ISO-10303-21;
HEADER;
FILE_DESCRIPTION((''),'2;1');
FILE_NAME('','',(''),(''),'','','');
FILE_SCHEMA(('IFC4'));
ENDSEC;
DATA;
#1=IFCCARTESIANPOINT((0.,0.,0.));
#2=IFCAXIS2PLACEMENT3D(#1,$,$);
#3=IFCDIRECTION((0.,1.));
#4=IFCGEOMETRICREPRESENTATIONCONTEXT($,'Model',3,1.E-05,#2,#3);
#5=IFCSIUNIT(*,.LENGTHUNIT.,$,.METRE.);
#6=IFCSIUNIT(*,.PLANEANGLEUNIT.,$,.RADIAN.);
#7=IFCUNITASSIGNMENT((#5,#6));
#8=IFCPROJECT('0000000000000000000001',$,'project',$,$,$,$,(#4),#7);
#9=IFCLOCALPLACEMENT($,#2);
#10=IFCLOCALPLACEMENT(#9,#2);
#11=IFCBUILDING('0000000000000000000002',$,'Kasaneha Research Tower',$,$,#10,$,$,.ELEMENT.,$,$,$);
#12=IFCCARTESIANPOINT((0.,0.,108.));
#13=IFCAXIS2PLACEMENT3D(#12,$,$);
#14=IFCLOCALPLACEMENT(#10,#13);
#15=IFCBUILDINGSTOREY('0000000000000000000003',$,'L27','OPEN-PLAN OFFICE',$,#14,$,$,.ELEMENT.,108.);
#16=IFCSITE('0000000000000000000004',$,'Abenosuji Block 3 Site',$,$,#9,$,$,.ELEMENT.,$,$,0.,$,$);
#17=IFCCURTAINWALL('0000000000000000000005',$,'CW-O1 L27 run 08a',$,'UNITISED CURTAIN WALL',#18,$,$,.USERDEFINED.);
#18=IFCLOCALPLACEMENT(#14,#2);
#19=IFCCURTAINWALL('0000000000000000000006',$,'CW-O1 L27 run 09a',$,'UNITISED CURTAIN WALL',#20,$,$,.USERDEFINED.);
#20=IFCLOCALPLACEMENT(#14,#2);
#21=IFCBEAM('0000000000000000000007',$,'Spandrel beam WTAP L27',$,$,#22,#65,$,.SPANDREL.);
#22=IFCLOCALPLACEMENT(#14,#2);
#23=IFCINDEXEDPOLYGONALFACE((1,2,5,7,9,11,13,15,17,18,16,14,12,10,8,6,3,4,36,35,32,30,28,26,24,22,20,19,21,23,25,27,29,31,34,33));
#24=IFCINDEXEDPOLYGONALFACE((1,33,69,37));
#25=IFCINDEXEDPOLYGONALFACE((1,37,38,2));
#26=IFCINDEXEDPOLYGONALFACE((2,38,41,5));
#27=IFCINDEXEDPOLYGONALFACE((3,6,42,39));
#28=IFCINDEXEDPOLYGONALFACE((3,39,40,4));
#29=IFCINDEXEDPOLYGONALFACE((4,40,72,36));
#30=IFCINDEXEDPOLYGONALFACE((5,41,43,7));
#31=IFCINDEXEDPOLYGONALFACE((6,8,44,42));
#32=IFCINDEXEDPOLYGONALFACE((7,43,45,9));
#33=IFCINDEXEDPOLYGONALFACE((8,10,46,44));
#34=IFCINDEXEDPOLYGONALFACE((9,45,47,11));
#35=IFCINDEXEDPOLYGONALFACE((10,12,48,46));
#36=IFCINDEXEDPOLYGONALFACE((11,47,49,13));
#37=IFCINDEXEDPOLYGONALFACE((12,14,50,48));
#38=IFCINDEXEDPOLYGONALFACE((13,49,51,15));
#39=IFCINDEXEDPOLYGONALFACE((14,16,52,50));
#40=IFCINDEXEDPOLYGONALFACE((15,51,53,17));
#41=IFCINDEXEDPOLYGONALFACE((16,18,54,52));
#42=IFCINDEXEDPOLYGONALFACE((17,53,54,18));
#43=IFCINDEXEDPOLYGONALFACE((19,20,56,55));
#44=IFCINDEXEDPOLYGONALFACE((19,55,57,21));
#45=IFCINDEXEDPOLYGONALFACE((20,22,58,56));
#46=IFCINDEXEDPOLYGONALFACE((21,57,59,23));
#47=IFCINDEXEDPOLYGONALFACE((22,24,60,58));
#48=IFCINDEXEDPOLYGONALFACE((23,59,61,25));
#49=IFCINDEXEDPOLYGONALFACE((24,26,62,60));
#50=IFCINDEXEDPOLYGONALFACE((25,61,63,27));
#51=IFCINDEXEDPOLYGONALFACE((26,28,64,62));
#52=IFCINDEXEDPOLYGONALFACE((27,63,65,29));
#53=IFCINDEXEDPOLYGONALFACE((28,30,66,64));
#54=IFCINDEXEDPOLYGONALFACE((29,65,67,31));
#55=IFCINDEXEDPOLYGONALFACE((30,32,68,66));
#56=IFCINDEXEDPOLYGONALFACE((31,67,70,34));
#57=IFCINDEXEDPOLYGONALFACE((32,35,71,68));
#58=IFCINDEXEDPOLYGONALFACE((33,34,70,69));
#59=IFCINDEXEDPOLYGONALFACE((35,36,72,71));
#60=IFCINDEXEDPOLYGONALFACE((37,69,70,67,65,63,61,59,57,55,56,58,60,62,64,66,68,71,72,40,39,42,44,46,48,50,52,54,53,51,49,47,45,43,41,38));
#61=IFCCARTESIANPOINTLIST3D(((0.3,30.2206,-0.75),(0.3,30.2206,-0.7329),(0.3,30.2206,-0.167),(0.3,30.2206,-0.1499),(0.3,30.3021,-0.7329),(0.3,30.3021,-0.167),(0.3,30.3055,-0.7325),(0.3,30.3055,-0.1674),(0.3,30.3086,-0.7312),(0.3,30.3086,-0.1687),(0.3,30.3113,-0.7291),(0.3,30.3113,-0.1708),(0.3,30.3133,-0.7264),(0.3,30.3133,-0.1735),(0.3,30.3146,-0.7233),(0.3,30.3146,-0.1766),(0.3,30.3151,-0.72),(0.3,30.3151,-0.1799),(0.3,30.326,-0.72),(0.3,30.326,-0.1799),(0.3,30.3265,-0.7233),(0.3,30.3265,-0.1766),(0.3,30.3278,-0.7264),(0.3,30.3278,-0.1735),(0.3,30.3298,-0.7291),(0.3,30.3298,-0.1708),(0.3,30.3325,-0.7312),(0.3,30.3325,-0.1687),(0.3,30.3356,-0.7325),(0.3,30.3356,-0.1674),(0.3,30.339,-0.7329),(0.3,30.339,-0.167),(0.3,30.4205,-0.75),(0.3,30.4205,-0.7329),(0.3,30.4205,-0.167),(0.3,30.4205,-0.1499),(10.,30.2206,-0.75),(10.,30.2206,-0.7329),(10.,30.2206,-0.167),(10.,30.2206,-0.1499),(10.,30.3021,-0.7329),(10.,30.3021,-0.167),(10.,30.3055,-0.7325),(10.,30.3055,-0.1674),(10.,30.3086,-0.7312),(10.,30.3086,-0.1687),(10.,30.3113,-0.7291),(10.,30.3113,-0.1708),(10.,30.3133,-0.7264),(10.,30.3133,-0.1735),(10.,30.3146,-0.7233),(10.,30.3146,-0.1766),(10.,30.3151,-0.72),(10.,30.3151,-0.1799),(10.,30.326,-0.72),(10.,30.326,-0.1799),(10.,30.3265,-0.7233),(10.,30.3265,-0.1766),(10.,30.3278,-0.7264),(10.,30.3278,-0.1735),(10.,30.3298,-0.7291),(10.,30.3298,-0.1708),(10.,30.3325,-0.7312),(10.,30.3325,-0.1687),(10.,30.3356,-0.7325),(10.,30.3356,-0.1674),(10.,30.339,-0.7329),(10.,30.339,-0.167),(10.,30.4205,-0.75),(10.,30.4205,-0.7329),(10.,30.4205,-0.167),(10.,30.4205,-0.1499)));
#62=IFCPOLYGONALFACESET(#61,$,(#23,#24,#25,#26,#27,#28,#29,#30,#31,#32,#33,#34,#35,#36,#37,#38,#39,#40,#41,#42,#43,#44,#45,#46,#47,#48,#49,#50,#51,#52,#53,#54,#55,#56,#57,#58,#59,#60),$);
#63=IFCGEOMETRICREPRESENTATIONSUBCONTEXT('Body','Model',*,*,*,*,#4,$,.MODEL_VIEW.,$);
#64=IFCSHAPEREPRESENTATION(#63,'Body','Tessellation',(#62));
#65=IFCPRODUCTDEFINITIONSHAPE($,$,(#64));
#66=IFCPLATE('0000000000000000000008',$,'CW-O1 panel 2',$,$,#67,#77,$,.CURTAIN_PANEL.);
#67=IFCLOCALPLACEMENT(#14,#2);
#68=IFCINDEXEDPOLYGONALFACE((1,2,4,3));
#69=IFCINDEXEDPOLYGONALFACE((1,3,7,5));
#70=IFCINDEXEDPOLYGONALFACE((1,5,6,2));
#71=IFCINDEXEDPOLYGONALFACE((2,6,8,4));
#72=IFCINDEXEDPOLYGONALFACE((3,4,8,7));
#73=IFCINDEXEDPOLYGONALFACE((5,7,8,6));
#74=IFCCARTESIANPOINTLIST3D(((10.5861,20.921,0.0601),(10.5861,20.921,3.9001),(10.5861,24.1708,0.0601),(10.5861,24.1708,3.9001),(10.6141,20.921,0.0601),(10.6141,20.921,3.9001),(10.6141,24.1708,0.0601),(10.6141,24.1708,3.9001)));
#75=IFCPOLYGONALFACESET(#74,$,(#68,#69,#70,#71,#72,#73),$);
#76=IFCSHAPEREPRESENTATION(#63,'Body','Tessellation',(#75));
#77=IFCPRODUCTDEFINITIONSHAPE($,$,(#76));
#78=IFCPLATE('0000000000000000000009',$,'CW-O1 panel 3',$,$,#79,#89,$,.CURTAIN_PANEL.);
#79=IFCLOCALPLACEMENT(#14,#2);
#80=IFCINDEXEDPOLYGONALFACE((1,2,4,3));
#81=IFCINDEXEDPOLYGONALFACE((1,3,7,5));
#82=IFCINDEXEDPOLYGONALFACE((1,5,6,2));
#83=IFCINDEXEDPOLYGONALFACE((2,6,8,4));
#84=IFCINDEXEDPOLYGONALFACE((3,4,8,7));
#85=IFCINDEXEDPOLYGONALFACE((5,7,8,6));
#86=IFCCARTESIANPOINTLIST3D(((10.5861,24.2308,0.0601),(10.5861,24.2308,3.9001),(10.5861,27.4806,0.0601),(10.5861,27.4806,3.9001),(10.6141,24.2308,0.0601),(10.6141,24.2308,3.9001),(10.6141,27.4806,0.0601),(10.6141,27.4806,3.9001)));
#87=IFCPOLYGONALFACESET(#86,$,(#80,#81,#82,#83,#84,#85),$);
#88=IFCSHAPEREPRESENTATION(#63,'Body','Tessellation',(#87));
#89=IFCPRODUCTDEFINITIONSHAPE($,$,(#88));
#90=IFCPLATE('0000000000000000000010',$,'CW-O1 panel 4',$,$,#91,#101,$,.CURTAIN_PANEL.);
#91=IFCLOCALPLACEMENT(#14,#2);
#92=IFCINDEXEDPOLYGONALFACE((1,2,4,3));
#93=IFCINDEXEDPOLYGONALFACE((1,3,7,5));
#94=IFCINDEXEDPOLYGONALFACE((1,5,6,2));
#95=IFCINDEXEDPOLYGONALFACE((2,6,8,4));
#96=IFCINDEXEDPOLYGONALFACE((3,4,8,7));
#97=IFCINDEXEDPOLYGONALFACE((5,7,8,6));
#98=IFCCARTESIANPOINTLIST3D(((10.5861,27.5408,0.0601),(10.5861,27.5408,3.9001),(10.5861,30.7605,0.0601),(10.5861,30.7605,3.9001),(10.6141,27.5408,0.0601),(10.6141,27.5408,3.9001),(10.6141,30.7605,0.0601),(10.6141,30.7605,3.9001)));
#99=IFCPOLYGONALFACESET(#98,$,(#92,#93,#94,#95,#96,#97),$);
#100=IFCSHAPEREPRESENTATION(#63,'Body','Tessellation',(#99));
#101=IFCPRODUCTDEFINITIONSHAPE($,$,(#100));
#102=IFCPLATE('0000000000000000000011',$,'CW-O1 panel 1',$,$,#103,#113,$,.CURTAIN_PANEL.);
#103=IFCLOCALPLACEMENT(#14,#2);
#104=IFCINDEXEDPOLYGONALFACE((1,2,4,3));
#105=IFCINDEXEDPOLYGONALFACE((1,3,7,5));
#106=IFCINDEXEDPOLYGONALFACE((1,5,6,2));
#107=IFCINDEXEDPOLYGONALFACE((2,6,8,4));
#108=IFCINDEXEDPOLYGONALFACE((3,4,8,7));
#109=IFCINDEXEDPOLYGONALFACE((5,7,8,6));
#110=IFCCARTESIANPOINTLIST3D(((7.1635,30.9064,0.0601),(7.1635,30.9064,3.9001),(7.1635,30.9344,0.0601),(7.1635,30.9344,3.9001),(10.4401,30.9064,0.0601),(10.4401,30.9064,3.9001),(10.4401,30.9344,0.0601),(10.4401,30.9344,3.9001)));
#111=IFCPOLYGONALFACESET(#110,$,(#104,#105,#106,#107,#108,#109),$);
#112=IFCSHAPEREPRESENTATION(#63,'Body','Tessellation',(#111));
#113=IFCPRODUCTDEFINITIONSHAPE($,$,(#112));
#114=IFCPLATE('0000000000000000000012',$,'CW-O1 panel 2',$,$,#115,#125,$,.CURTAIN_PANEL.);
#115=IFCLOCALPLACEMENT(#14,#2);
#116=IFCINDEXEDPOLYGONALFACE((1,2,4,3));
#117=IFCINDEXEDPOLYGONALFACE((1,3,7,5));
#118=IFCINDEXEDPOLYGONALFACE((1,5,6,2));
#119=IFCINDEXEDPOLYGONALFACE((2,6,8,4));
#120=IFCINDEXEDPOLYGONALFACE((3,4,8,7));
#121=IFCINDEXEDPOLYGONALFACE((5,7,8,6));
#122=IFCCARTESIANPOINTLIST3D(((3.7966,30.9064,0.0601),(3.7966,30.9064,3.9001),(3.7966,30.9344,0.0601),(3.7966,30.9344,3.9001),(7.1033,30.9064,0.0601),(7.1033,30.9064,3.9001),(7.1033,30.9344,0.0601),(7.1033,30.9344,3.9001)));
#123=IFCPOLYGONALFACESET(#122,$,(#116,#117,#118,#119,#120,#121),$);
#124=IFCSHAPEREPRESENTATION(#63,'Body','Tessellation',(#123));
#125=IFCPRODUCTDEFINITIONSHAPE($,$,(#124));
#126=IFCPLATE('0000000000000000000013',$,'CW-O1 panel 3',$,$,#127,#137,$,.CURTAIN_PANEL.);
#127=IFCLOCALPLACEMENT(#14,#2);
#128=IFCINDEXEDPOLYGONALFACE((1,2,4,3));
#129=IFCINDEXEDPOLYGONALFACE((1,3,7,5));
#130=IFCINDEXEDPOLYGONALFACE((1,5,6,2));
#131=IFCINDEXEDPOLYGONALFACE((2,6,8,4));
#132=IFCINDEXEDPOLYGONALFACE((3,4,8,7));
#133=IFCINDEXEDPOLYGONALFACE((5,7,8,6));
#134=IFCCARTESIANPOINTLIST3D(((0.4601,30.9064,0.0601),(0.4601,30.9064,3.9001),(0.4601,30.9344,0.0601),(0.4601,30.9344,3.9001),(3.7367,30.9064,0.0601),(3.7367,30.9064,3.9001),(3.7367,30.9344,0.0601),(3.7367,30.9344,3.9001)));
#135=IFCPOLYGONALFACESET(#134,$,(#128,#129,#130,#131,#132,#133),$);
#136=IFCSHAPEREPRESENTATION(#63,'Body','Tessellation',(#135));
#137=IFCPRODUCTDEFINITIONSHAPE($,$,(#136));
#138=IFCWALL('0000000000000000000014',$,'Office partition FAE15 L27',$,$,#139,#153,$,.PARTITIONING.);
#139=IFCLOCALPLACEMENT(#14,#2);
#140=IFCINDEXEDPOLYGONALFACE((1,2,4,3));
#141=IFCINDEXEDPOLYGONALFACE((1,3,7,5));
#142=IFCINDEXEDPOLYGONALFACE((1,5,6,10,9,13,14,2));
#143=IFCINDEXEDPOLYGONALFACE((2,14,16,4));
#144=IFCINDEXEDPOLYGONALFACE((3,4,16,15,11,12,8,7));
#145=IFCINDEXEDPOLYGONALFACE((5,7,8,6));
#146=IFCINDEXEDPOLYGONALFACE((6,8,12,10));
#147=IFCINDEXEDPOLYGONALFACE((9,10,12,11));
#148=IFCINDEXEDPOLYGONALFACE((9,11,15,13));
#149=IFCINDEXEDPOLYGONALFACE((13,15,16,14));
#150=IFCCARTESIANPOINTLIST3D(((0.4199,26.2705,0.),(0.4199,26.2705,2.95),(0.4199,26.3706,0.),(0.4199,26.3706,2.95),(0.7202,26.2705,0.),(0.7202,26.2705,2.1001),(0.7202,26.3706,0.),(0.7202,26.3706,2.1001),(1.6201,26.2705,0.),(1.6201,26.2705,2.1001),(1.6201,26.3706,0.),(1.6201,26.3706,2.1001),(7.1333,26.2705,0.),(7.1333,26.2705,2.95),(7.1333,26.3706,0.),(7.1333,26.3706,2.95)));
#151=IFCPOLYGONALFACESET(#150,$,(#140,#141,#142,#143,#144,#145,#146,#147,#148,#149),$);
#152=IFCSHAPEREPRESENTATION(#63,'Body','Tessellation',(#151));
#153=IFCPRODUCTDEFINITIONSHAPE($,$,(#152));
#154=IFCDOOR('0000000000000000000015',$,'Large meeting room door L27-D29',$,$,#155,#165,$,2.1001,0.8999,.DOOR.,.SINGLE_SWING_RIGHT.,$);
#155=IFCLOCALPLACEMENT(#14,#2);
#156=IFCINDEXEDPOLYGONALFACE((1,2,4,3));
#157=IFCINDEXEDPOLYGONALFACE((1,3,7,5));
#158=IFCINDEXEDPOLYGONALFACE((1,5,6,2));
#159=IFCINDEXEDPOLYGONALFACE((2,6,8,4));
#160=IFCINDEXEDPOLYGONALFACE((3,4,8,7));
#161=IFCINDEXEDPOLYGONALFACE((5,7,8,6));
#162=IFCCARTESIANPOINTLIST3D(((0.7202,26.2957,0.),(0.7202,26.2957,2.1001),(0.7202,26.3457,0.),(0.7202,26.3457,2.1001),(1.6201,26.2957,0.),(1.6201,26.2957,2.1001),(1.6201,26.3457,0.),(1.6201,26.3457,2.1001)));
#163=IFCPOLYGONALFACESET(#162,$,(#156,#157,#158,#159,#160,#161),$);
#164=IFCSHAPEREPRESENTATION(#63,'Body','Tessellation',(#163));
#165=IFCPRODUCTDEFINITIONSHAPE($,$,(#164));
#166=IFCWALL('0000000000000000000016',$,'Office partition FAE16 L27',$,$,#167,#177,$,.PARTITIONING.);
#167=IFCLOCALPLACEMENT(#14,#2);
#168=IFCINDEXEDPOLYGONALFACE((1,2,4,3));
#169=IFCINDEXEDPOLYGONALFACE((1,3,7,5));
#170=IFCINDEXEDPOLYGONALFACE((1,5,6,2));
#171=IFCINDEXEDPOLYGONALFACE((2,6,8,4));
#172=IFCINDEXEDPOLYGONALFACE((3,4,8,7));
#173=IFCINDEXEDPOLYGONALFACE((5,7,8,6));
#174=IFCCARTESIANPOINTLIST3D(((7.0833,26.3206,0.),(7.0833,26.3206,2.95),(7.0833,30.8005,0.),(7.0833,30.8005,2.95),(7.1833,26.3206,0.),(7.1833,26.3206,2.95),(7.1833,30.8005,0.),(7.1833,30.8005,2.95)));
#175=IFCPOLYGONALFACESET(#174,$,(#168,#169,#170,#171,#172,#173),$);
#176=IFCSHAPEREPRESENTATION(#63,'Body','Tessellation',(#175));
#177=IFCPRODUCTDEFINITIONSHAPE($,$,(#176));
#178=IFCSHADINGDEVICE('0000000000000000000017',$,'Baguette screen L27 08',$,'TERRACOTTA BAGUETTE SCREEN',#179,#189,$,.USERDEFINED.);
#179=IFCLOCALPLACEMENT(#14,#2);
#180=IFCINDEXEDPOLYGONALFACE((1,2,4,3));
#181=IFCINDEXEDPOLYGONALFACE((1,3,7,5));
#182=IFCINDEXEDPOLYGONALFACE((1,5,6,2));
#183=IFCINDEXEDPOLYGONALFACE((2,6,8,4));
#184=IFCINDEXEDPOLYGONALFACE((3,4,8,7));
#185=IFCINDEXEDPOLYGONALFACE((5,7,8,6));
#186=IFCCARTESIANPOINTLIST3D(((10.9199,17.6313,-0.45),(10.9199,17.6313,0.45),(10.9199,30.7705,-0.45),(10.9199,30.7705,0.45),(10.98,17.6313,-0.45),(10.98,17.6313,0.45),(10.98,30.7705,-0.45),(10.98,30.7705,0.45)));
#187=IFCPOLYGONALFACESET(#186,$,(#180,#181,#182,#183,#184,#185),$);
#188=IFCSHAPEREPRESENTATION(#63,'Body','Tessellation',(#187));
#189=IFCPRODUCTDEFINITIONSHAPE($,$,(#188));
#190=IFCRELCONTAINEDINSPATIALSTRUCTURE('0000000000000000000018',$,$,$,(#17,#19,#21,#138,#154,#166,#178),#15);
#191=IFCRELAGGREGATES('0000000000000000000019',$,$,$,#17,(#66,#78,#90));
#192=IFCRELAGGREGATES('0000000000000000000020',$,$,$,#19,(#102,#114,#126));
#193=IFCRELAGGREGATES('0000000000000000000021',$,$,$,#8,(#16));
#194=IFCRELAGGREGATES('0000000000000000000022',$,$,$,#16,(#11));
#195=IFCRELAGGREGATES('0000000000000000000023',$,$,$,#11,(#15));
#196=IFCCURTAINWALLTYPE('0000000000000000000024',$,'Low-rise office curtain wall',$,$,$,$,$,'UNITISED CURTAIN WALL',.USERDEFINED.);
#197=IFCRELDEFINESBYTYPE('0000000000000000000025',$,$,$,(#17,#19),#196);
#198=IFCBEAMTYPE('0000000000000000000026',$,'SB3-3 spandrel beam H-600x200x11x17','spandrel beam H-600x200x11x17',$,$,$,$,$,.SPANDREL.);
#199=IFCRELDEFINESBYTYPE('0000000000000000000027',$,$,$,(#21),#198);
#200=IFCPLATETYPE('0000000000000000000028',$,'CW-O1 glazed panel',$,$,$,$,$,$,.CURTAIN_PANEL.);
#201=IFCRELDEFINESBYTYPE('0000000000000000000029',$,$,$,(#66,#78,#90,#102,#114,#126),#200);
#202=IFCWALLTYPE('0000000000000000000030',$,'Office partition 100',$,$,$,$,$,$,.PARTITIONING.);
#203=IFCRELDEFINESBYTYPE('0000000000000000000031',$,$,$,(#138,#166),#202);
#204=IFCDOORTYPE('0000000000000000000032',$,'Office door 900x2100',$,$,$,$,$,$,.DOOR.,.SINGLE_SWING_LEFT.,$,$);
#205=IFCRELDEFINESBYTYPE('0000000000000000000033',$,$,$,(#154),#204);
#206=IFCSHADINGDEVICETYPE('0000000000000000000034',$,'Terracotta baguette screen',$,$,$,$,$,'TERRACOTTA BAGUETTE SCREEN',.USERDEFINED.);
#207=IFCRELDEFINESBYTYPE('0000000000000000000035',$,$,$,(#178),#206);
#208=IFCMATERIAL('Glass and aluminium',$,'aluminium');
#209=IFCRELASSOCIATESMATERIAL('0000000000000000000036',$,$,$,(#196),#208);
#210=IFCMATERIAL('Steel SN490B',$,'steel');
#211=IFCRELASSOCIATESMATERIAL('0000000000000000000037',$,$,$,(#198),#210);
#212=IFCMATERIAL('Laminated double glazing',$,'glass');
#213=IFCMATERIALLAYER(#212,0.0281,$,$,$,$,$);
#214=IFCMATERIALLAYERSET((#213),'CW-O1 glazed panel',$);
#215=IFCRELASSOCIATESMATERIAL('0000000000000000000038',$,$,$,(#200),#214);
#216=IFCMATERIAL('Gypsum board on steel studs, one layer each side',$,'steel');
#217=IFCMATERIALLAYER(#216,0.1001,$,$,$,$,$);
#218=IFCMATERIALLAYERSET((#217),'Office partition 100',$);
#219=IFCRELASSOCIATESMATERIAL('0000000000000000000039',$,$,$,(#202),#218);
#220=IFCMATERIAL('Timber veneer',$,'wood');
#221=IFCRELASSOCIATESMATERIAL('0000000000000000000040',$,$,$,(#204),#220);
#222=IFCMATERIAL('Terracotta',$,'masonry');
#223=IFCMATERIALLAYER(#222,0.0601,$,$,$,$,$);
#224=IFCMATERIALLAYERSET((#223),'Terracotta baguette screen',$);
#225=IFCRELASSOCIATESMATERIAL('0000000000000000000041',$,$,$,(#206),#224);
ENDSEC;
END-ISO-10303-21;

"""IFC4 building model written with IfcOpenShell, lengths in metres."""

from ifc_helpers import new_model, si_unit, direction, frame, frame_2d, origin, origin_2d, place, context, subcontext, project, spatial, rectangle, i_section, extrude, material, layer, layer_set, material_profile, profile_set, type_object, element, fill, aggregate, save


model = new_model("IFC4")

# Units and contexts
model_context = context("Model", 3, precision=1e-05, world=origin(), true_north=direction((0.0, 1.0)))
body_context = subcontext(model_context, "Body", "Model", "MODEL_VIEW")
ifc_project = project(units=[si_unit("LENGTHUNIT", "METRE"), si_unit("PLANEANGLEUNIT", "RADIAN")], contexts=[model_context])

# Site, building, storey
site_placement = place(None, origin())
site = spatial("IfcSite", under=ifc_project, at=site_placement, Name="Abenosuji Block 3 Site", CompositionType="ELEMENT", RefElevation=0.0)
building_placement = place(site_placement, origin())
building = spatial("IfcBuilding", under=site, at=building_placement, Name="Kasaneha Research Tower", CompositionType="ELEMENT")
storey_placement = place(building_placement, frame((0.0, 0.0, 108.0)))
storey = spatial("IfcBuildingStorey", under=building, at=storey_placement, Name="L27", Description="OPEN-PLAN OFFICE", CompositionType="ELEMENT", Elevation=108.0)

# Curtain walls
ifc_material_1 = material(Name="Glass and aluminium", Category="aluminium")
curtain_wall_type = type_object("IfcCurtainWallType", Name="Low-rise office curtain wall", ElementType="UNITISED CURTAIN WALL", PredefinedType="USERDEFINED", material=ifc_material_1)
curtain_wall_1_placement = place(storey_placement, origin())
curtain_wall_1 = element("IfcCurtainWall", 1, at=curtain_wall_1_placement, inside=storey, type_object=curtain_wall_type, Name="CW-O1 L27 run 08a", ObjectType="UNITISED CURTAIN WALL", PredefinedType="USERDEFINED")
curtain_wall_2_placement = place(storey_placement, origin())
curtain_wall_2 = element("IfcCurtainWall", 2, at=curtain_wall_2_placement, inside=storey, type_object=curtain_wall_type, Name="CW-O1 L27 run 09a", ObjectType="UNITISED CURTAIN WALL", PredefinedType="USERDEFINED")

# Beam
ifc_material_2 = material(Name="Steel SN490B", Category="steel")
ifc_material_profile_1 = material_profile(ifc_material_2, i_section(OverallWidth=0.2, OverallDepth=0.6001, WebThickness=0.011, FlangeThickness=0.0171, FilletRadius=0.0129, at=origin_2d()), Name="H-600x200x11x17")
ifc_profile_set_1 = profile_set([ifc_material_profile_1], Name="Steel SN490B")
beam_type_1 = type_object("IfcBeamType", Name="SB3-3 spandrel beam H-600x200x11x17", Description="spandrel beam H-600x200x11x17", PredefinedType="SPANDREL", material=ifc_profile_set_1)
beam_1_placement = place(storey_placement, frame((10.0, 30.3206, -0.45), z_axis=(-1.0, 0.0, 0.0), x_axis=(0.0, -1.0, 0.0)))
element("IfcBeam", 3, at=beam_1_placement, inside=storey, type_object=beam_type_1, Name="Spandrel beam WTAP L27", PredefinedType="SPANDREL", context=body_context, shape_type="SweptSolid", body=[
    extrude(i_section(OverallWidth=0.2, OverallDepth=0.6001, WebThickness=0.011, FlangeThickness=0.0171, FilletRadius=0.0129, at=origin_2d()), origin(), (0.0, 0.0, 1.0), 9.7),
])

# Plates
ifc_material_3 = material(Name="Laminated double glazing", Category="glass")
ifc_layer_1 = layer(ifc_material_3, 0.0281)
ifc_layer_set_1 = layer_set([ifc_layer_1], Name="CW-O1 glazed panel")
plate_type = type_object("IfcPlateType", Name="CW-O1 glazed panel", PredefinedType="CURTAIN_PANEL", material=ifc_layer_set_1)
plate_1_placement = place(storey_placement, frame((10.6001, 22.5459, 0.0601), z_axis=(0.0, 0.0, 1.0), x_axis=(0.0, 1.0, 0.0)))
plate_1 = element("IfcPlate", 4, at=plate_1_placement, type_object=plate_type, Name="CW-O1 panel 2", PredefinedType="CURTAIN_PANEL", context=body_context, shape_type="SweptSolid", body=[
    extrude(rectangle(XDim=3.2498, YDim=0.0281, at=origin_2d()), origin(), (0.0, 0.0, 1.0), 3.8401),
])
plate_2_placement = place(storey_placement, frame((10.6001, 25.8557, 0.0601), z_axis=(0.0, 0.0, 1.0), x_axis=(0.0, 1.0, 0.0)))
plate_2 = element("IfcPlate", 5, at=plate_2_placement, type_object=plate_type, Name="CW-O1 panel 3", PredefinedType="CURTAIN_PANEL", context=body_context, shape_type="SweptSolid", body=[
    extrude(rectangle(XDim=3.2498, YDim=0.0281, at=origin_2d()), origin(), (0.0, 0.0, 1.0), 3.8401),
])
plate_3_placement = place(storey_placement, frame((10.6001, 29.1506, 0.0601), z_axis=(0.0, 0.0, 1.0), x_axis=(0.0, 1.0, 0.0)))
plate_3 = element("IfcPlate", 6, at=plate_3_placement, type_object=plate_type, Name="CW-O1 panel 4", PredefinedType="CURTAIN_PANEL", context=body_context, shape_type="SweptSolid", body=[
    extrude(rectangle(XDim=3.2197, YDim=0.0281, at=origin_2d()), origin(), (0.0, 0.0, 1.0), 3.8401),
])
aggregate(curtain_wall_1, [plate_1, plate_2, plate_3])
plate_4_placement = place(storey_placement, frame((8.8018, 30.9204, 0.0601), z_axis=(0.0, 0.0, 1.0), x_axis=(-1.0, 0.0, 0.0)))
plate_4 = element("IfcPlate", 7, at=plate_4_placement, type_object=plate_type, Name="CW-O1 panel 1", PredefinedType="CURTAIN_PANEL", context=body_context, shape_type="SweptSolid", body=[
    extrude(rectangle(XDim=3.2766, YDim=0.0281, at=origin_2d()), origin(), (0.0, 0.0, 1.0), 3.8401),
])
plate_5_placement = place(storey_placement, frame((5.45, 30.9204, 0.0601), z_axis=(0.0, 0.0, 1.0), x_axis=(-1.0, 0.0, 0.0)))
plate_5 = element("IfcPlate", 8, at=plate_5_placement, type_object=plate_type, Name="CW-O1 panel 2", PredefinedType="CURTAIN_PANEL", context=body_context, shape_type="SweptSolid", body=[
    extrude(rectangle(XDim=3.3066, YDim=0.0281, at=origin_2d()), origin(), (0.0, 0.0, 1.0), 3.8401),
])
plate_6_placement = place(storey_placement, frame((2.0984, 30.9204, 0.0601), z_axis=(0.0, 0.0, 1.0), x_axis=(-1.0, 0.0, 0.0)))
plate_6 = element("IfcPlate", 9, at=plate_6_placement, type_object=plate_type, Name="CW-O1 panel 3", PredefinedType="CURTAIN_PANEL", context=body_context, shape_type="SweptSolid", body=[
    extrude(rectangle(XDim=3.2766, YDim=0.0281, at=origin_2d()), origin(), (0.0, 0.0, 1.0), 3.8401),
])
aggregate(curtain_wall_2, [plate_4, plate_5, plate_6])

# Wall, opening, door
ifc_material_4 = material(Name="Gypsum board on steel studs, one layer each side", Category="steel")
ifc_layer_2 = layer(ifc_material_4, 0.1001)
ifc_layer_set_2 = layer_set([ifc_layer_2], Name="Office partition 100")
wall_type = type_object("IfcWallType", Name="Office partition 100", PredefinedType="PARTITIONING", material=ifc_layer_set_2)
wall_1_placement = place(storey_placement, frame((7.1333, 26.3206, 0.0), z_axis=(0.0, 0.0, 1.0), x_axis=(-1.0, 0.0, 0.0)))
wall_1 = element("IfcWall", 10, at=wall_1_placement, inside=storey, type_object=wall_type, Name="Office partition FAE15 L27", PredefinedType="PARTITIONING", context=body_context, shape_type="SweptSolid", body=[
    extrude(rectangle(XDim=6.7134, YDim=0.1001, at=frame_2d((3.3567, 0.0))), origin(), (0.0, 0.0, 1.0), 2.95),
])
opening_placement = place(wall_1_placement, frame((5.5132, 0.0, 0.0)))
opening = element("IfcOpeningElement", 11, at=opening_placement, cuts=wall_1, PredefinedType="OPENING", context=body_context, shape_type="SweptSolid", body=[
    extrude(rectangle(XDim=0.8999, YDim=2.1001, at=frame_2d((0.45, 1.05))), frame((0.0, 0.0601, 0.0), z_axis=(0.0, -1.0, 0.0), x_axis=(1.0, 0.0, 0.0)), (0.0, 0.0, 1.0), 0.1201),
])
ifc_material_5 = material(Name="Timber veneer", Category="wood")
door_type = type_object("IfcDoorType", Name="Office door 900x2100", OperationType="SINGLE_SWING_LEFT", PredefinedType="DOOR", material=ifc_material_5)
door_placement = place(opening_placement, origin())
door = element("IfcDoor", 12, at=door_placement, inside=storey, type_object=door_type, Name="Large meeting room door L27-D29", OperationType="SINGLE_SWING_RIGHT", OverallHeight=2.1001, OverallWidth=0.8999, PredefinedType="DOOR", context=body_context, shape_type="SweptSolid", body=[
    extrude(rectangle(XDim=0.8999, YDim=2.1001, at=frame_2d((0.45, 1.05))), frame((0.0, 0.0249, 0.0), z_axis=(0.0, -1.0, 0.0), x_axis=(1.0, 0.0, 0.0)), (0.0, 0.0, 1.0), 0.05),
])
fill(opening, door)

# Wall
wall_2_placement = place(storey_placement, frame((7.1333, 30.8005, 0.0), z_axis=(0.0, 0.0, 1.0), x_axis=(0.0, -1.0, 0.0)))
element("IfcWall", 13, at=wall_2_placement, inside=storey, type_object=wall_type, Name="Office partition FAE16 L27", PredefinedType="PARTITIONING", context=body_context, shape_type="SweptSolid", body=[
    extrude(rectangle(XDim=4.48, YDim=0.1001, at=frame_2d((2.24, 0.0))), origin(), (0.0, 0.0, 1.0), 2.95),
])

# Shading device
ifc_material_6 = material(Name="Terracotta", Category="masonry")
ifc_layer_3 = layer(ifc_material_6, 0.0601)
ifc_layer_set_3 = layer_set([ifc_layer_3], Name="Terracotta baguette screen")
shading_device_type = type_object("IfcShadingDeviceType", Name="Terracotta baguette screen", ElementType="TERRACOTTA BAGUETTE SCREEN", PredefinedType="USERDEFINED", material=ifc_layer_set_3)
shading_device_1_placement = place(storey_placement, frame((10.95, 24.2009, -0.45), z_axis=(0.0, 0.0, 1.0), x_axis=(0.0, 1.0, 0.0)))
element("IfcShadingDevice", 14, at=shading_device_1_placement, inside=storey, type_object=shading_device_type, Name="Baguette screen L27 08", ObjectType="TERRACOTTA BAGUETTE SCREEN", PredefinedType="USERDEFINED", context=body_context, shape_type="SweptSolid", body=[
    extrude(rectangle(XDim=13.1392, YDim=0.0601, at=origin_2d()), origin(), (0.0, 0.0, 1.0), 0.8999),
])

save(model, "model.ifc")
